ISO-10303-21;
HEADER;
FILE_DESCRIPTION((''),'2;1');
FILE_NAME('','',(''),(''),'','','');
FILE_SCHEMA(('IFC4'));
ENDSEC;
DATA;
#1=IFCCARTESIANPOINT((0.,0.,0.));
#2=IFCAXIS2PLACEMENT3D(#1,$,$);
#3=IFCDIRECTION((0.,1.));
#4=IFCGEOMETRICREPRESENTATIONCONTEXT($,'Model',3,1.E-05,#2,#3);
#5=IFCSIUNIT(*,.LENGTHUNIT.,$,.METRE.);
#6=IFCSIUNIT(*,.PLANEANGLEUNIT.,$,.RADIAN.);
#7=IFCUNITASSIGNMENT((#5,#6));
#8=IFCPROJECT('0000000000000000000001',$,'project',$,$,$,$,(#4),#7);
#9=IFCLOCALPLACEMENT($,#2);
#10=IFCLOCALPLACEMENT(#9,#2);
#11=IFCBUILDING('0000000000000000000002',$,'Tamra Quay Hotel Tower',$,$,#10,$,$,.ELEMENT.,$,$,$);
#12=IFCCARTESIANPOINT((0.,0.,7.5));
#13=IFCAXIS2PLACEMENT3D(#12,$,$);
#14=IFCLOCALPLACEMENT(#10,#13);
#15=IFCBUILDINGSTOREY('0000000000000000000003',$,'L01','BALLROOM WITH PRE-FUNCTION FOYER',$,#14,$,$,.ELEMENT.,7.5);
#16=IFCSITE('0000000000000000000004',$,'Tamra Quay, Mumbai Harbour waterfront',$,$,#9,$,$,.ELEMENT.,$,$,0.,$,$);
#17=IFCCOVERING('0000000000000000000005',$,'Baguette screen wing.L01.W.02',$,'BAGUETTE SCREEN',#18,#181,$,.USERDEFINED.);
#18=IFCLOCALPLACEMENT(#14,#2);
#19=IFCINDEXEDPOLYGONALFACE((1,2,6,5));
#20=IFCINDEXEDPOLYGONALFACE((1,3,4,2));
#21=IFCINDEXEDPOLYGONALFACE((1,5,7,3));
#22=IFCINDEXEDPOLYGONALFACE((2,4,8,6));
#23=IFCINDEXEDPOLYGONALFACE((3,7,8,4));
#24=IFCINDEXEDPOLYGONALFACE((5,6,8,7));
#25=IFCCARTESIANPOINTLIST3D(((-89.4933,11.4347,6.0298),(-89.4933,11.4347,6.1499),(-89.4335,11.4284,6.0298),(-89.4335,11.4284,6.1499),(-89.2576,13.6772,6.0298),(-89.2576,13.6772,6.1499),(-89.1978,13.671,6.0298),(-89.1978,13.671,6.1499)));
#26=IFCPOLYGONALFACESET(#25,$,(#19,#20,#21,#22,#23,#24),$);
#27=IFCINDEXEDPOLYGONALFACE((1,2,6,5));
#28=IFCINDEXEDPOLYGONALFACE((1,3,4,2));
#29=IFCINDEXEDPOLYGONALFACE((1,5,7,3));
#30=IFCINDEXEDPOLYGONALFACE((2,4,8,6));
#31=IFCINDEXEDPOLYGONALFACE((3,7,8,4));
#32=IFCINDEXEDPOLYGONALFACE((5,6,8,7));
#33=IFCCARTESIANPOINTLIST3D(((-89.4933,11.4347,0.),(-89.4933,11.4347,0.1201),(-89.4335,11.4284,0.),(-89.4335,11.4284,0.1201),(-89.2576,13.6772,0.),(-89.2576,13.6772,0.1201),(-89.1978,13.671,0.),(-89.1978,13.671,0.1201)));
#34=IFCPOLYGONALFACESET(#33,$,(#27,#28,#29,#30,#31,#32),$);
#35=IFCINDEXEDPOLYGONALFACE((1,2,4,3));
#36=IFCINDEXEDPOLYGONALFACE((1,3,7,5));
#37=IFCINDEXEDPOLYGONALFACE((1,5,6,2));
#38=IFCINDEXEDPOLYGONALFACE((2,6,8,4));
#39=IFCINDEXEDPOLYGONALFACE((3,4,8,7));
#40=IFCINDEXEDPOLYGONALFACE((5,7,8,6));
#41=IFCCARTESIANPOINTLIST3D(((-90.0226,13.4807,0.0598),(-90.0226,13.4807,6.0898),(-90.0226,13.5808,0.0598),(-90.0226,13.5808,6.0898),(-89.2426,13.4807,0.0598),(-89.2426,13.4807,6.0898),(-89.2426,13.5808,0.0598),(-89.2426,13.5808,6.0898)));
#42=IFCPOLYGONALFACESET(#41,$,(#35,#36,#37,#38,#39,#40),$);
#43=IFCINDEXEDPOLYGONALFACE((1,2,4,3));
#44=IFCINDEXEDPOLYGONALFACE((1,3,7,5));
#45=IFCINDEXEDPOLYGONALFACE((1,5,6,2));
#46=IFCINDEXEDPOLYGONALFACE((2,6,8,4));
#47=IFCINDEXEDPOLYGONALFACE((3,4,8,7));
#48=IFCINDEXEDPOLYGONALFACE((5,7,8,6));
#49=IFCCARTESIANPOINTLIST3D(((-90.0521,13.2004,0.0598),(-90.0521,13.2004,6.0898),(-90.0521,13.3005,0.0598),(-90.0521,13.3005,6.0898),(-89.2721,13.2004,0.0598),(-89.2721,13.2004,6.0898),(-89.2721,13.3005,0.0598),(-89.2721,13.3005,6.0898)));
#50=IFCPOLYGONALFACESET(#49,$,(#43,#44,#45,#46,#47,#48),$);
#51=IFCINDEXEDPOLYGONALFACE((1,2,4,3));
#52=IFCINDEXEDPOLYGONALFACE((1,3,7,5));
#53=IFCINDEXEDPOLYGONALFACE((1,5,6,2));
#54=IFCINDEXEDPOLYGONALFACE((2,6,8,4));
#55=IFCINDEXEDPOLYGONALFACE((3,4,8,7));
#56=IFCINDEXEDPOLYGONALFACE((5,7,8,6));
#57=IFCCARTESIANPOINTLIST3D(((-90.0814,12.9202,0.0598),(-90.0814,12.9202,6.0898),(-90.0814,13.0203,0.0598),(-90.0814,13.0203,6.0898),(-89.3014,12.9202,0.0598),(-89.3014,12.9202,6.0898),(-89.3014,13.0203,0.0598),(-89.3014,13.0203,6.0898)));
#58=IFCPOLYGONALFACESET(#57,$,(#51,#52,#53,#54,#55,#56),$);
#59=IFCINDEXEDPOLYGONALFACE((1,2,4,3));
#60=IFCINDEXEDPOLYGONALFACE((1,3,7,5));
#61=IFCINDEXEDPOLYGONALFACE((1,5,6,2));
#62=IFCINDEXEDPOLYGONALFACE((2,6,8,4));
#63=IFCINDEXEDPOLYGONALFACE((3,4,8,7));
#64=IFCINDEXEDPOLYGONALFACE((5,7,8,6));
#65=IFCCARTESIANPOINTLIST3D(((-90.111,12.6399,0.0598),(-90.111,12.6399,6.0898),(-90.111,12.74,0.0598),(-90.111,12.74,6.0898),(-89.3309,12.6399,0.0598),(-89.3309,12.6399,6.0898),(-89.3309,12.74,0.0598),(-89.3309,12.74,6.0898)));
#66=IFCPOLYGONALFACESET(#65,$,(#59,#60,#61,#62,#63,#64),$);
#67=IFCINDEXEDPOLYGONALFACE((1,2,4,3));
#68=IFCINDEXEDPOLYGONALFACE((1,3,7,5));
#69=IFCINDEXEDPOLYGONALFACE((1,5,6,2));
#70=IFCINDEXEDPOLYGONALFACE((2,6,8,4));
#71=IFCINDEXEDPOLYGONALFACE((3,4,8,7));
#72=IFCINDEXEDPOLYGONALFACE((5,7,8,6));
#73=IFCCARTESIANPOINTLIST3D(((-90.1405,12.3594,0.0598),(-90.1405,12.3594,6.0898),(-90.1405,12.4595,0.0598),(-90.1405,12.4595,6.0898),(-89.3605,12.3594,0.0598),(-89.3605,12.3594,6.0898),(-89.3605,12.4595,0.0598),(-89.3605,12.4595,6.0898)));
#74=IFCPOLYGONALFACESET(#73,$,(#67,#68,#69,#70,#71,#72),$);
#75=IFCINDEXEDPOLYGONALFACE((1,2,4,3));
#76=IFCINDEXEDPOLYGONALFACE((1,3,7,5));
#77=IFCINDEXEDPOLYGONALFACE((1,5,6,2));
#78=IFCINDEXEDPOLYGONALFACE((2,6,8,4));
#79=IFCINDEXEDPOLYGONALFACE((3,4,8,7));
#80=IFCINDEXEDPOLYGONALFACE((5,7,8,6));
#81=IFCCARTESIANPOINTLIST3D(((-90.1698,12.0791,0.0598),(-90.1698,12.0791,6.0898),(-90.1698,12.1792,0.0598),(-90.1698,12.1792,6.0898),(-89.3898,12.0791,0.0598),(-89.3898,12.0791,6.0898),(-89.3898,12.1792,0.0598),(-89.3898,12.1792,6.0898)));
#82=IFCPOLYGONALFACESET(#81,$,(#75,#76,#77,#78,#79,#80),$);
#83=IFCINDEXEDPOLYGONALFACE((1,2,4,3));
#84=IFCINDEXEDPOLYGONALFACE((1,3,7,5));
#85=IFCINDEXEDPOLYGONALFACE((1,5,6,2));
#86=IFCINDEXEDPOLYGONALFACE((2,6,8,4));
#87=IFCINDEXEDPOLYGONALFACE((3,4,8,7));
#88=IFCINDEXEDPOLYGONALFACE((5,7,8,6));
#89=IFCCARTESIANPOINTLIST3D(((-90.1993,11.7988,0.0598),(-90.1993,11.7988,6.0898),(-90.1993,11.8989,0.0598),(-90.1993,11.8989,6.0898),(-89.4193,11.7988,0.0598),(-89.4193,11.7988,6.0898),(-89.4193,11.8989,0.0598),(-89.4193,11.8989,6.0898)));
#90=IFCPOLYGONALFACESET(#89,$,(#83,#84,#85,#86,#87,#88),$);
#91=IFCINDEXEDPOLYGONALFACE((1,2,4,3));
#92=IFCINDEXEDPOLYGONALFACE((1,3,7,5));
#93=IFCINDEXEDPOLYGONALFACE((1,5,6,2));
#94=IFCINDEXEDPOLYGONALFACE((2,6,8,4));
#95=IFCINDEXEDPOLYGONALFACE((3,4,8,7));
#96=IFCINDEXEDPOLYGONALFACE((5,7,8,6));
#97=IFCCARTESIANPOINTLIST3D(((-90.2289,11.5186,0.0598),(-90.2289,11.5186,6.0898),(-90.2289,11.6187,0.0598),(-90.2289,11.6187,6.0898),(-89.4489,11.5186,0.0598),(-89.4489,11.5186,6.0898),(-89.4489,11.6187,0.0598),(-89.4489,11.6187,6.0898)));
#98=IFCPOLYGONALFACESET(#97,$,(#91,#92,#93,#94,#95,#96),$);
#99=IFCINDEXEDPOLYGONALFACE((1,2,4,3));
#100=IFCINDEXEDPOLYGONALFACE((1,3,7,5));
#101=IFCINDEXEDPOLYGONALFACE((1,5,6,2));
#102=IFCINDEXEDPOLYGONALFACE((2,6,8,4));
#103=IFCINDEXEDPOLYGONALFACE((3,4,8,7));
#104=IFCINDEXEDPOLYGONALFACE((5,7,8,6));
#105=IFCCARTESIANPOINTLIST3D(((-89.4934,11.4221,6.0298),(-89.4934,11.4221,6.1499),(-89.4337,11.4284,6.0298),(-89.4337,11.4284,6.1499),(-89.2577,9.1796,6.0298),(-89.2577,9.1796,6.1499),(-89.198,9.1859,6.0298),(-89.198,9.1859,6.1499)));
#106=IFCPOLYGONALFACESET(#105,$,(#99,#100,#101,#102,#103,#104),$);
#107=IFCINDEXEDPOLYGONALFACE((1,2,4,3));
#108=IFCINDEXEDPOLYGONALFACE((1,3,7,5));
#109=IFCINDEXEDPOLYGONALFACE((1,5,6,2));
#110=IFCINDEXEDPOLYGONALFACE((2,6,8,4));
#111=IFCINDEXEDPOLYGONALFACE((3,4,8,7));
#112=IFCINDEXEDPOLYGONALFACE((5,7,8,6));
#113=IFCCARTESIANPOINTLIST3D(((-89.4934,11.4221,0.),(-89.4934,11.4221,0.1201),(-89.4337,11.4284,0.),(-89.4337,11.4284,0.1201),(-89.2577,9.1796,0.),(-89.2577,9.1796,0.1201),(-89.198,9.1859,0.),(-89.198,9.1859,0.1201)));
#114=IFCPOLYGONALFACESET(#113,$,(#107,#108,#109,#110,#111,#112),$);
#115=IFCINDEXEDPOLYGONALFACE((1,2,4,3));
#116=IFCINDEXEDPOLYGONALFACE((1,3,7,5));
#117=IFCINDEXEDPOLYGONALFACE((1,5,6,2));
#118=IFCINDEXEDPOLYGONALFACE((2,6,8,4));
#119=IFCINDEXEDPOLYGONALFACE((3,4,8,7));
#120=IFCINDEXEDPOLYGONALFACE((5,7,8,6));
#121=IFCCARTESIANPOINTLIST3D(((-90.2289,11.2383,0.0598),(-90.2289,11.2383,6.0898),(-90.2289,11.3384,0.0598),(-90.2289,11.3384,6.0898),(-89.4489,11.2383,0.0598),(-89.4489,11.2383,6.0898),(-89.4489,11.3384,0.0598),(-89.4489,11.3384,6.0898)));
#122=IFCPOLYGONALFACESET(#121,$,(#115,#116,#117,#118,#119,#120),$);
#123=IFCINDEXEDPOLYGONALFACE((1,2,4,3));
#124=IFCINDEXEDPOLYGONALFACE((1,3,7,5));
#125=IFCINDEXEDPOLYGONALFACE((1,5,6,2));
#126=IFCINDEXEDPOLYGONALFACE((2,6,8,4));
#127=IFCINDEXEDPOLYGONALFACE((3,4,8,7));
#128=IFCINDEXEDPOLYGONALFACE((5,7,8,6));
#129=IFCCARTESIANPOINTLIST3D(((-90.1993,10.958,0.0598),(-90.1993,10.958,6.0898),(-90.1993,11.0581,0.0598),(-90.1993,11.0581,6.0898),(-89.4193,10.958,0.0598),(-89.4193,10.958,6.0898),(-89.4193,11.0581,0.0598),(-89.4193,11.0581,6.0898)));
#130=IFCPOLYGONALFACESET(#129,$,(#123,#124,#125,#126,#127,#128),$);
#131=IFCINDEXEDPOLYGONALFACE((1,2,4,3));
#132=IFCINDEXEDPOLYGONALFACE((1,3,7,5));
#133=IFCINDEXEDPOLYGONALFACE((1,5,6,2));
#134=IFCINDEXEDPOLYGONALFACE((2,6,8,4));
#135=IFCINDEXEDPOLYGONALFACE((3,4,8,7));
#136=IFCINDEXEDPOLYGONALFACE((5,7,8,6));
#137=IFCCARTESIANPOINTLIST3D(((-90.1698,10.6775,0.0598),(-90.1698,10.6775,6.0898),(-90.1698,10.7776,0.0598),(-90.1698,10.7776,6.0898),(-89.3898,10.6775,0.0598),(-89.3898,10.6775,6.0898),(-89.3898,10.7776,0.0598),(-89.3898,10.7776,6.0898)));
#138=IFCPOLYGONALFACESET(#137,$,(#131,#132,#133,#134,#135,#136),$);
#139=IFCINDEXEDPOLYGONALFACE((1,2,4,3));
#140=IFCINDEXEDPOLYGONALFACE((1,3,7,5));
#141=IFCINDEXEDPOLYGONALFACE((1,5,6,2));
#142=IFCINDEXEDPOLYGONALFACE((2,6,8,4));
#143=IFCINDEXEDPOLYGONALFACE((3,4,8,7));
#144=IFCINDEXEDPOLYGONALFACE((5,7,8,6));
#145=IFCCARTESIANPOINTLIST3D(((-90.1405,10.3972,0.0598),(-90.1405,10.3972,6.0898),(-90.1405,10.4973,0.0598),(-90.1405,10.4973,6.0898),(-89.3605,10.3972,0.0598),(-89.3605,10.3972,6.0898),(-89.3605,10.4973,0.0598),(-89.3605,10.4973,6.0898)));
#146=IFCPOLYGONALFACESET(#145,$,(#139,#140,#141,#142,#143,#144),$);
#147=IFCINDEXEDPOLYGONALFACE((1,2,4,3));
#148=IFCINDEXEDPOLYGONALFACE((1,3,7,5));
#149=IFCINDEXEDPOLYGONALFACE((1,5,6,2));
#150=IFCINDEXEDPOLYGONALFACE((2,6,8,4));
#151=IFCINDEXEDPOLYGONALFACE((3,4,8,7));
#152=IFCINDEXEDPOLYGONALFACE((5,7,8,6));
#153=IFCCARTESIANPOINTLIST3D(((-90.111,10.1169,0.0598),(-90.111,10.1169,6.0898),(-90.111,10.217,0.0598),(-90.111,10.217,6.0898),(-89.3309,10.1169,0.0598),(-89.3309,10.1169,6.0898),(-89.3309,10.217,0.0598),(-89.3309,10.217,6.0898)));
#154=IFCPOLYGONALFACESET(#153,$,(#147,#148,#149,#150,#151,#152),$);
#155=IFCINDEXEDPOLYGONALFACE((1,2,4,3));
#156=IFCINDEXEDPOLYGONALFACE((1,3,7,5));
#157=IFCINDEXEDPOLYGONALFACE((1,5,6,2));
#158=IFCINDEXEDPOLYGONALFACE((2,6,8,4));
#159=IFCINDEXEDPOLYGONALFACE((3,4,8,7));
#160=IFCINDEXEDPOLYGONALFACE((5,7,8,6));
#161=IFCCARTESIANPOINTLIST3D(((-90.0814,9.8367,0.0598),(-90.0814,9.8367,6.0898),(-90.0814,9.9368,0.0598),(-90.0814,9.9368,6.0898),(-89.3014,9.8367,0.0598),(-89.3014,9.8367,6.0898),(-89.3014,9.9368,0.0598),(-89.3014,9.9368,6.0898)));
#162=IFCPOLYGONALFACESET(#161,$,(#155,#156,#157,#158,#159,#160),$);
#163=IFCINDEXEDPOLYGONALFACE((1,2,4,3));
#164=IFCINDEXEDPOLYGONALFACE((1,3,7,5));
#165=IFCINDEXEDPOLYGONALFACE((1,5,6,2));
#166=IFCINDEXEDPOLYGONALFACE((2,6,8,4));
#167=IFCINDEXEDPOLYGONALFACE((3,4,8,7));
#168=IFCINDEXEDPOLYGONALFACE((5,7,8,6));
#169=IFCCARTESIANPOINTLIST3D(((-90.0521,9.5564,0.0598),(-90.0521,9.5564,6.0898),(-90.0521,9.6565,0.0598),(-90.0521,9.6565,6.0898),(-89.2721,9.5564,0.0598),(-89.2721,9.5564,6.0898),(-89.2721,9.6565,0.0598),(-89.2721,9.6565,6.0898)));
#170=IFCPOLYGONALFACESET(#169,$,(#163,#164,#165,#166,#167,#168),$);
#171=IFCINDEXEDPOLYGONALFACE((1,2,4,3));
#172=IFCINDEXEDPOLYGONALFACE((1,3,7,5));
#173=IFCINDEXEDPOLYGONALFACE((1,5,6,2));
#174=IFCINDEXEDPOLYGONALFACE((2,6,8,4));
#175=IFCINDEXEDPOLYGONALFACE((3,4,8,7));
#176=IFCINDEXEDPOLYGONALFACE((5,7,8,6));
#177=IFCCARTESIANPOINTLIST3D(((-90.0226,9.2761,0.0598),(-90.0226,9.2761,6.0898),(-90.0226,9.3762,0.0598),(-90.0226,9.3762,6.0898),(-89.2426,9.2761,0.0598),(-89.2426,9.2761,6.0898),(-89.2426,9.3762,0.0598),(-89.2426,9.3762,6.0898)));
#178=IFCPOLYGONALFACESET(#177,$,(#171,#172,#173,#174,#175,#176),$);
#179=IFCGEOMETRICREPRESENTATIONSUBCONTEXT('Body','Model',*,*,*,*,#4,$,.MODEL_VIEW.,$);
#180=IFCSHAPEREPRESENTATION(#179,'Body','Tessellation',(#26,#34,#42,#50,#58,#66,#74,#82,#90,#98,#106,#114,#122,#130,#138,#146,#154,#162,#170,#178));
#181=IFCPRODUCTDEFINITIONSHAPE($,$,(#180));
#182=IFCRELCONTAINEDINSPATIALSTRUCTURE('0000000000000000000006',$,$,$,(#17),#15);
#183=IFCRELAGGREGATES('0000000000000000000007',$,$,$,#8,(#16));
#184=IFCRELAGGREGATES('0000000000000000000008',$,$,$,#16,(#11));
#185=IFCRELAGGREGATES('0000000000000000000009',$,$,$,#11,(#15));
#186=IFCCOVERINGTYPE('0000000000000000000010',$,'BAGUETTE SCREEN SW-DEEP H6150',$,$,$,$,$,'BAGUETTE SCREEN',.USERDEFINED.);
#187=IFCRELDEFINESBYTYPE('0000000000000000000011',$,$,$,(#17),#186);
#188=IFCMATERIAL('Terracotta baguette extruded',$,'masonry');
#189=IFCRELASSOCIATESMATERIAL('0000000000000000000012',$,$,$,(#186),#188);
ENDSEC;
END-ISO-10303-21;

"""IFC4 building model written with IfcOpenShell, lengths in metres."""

from ifc_helpers import new_model, si_unit, direction, frame, frame_2d, origin, place, context, subcontext, project, spatial, rectangle, extrude, source, transform, mapped, material, type_object, element, save


model = new_model("IFC4")

# Units and contexts
model_context = context("Model", 3, precision=1e-05, world=origin(), true_north=direction((0.0, 1.0)))
body_context = subcontext(model_context, "Body", "Model", "MODEL_VIEW")
ifc_project = project(units=[si_unit("LENGTHUNIT", "METRE"), si_unit("PLANEANGLEUNIT", "RADIAN")], contexts=[model_context])

# Site, building, storey
site_placement = place(None, origin())
site = spatial("IfcSite", under=ifc_project, at=site_placement, Name="Tamra Quay, Mumbai Harbour waterfront", CompositionType="ELEMENT", RefElevation=0.0)
building_placement = place(site_placement, origin())
building = spatial("IfcBuilding", under=site, at=building_placement, Name="Tamra Quay Hotel Tower", CompositionType="ELEMENT")
storey_placement = place(building_placement, frame((0.0, 0.0, 7.5)))
storey = spatial("IfcBuildingStorey", under=building, at=storey_placement, Name="L01", Description="BALLROOM WITH PRE-FUNCTION FOYER", CompositionType="ELEMENT", Elevation=7.5)

# Covering
ifc_material_1 = material(Name="Terracotta baguette extruded", Category="masonry")
covering_type_1 = type_object("IfcCoveringType", Name="BAGUETTE SCREEN SW-DEEP H6150", ElementType="BAGUETTE SCREEN", PredefinedType="USERDEFINED", material=ifc_material_1)
shared_shape_1 = source(origin(), body_context, "Body", "SweptSolid", [
    extrude(rectangle(XDim=2.2549, YDim=0.0601, at=frame_2d((1.1274, 0.03))), frame((-2.2488, -0.0576, -0.1201), z_axis=(0.0, 0.0, 1.0), x_axis=(0.994522, -0.104528, 0.0)), (0.0, 0.0, 1.0), 0.1201),
    extrude(rectangle(XDim=2.2549, YDim=0.0601, at=frame_2d((1.1274, 0.03))), frame((-2.2488, -0.0576, -6.1499), z_axis=(0.0, 0.0, 1.0), x_axis=(0.994522, -0.104528, 0.0)), (0.0, 0.0, 1.0), 0.1201),
    extrude(rectangle(XDim=0.1001, YDim=0.78, at=frame_2d((0.05, 0.3901))), frame((-2.1523, -0.8228, -6.0901)), (0.0, 0.0, 1.0), 6.03),
    extrude(rectangle(XDim=0.1001, YDim=0.78, at=frame_2d((0.05, 0.3901))), frame((-1.8721, -0.8523, -6.0901)), (0.0, 0.0, 1.0), 6.03),
    extrude(rectangle(XDim=0.1001, YDim=0.78, at=frame_2d((0.05, 0.3901))), frame((-1.5918, -0.8816, -6.0901)), (0.0, 0.0, 1.0), 6.03),
    extrude(rectangle(XDim=0.1001, YDim=0.78, at=frame_2d((0.05, 0.3901))), frame((-1.3115, -0.9111, -6.0901)), (0.0, 0.0, 1.0), 6.03),
    extrude(rectangle(XDim=0.1001, YDim=0.78, at=frame_2d((0.05, 0.3901))), frame((-1.031, -0.9407, -6.0901)), (0.0, 0.0, 1.0), 6.03),
    extrude(rectangle(XDim=0.1001, YDim=0.78, at=frame_2d((0.05, 0.3901))), frame((-0.7507, -0.97, -6.0901)), (0.0, 0.0, 1.0), 6.03),
    extrude(rectangle(XDim=0.1001, YDim=0.78, at=frame_2d((0.05, 0.3901))), frame((-0.4705, -0.9995, -6.0901)), (0.0, 0.0, 1.0), 6.03),
    extrude(rectangle(XDim=0.1001, YDim=0.78, at=frame_2d((0.05, 0.3901))), frame((-0.1902, -1.0291, -6.0901)), (0.0, 0.0, 1.0), 6.03),
    extrude(rectangle(XDim=2.2549, YDim=0.0601, at=frame_2d((1.1274, 0.03))), frame((0.0063, -0.2935, -0.1201), z_axis=(0.0, 0.0, 1.0), x_axis=(0.994522, 0.104528, 0.0)), (0.0, 0.0, 1.0), 0.1201),
    extrude(rectangle(XDim=2.2549, YDim=0.0601, at=frame_2d((1.1274, 0.03))), frame((0.0063, -0.2935, -6.1499), z_axis=(0.0, 0.0, 1.0), x_axis=(0.994522, 0.104528, 0.0)), (0.0, 0.0, 1.0), 0.1201),
    extrude(rectangle(XDim=0.1001, YDim=0.78, at=frame_2d((0.05, 0.3901))), frame((0.0901, -1.0291, -6.0901)), (0.0, 0.0, 1.0), 6.03),
    extrude(rectangle(XDim=0.1001, YDim=0.78, at=frame_2d((0.05, 0.3901))), frame((0.3704, -0.9995, -6.0901)), (0.0, 0.0, 1.0), 6.03),
    extrude(rectangle(XDim=0.1001, YDim=0.78, at=frame_2d((0.05, 0.3901))), frame((0.6509, -0.97, -6.0901)), (0.0, 0.0, 1.0), 6.03),
    extrude(rectangle(XDim=0.1001, YDim=0.78, at=frame_2d((0.05, 0.3901))), frame((0.9312, -0.9407, -6.0901)), (0.0, 0.0, 1.0), 6.03),
    extrude(rectangle(XDim=0.1001, YDim=0.78, at=frame_2d((0.05, 0.3901))), frame((1.2114, -0.9111, -6.0901)), (0.0, 0.0, 1.0), 6.03),
    extrude(rectangle(XDim=0.1001, YDim=0.78, at=frame_2d((0.05, 0.3901))), frame((1.4917, -0.8816, -6.0901)), (0.0, 0.0, 1.0), 6.03),
    extrude(rectangle(XDim=0.1001, YDim=0.78, at=frame_2d((0.05, 0.3901))), frame((1.772, -0.8523, -6.0901)), (0.0, 0.0, 1.0), 6.03),
    extrude(rectangle(XDim=0.1001, YDim=0.78, at=frame_2d((0.05, 0.3901))), frame((2.0522, -0.8228, -6.0901)), (0.0, 0.0, 1.0), 6.03),
])
covering_placement = place(storey_placement, frame((-89.2, 11.4285, 6.1499), z_axis=(0.0, 0.0, 1.0), x_axis=(0.0, -1.0, 0.0)))
element("IfcCovering", 1, at=covering_placement, inside=storey, type_object=covering_type_1, Name="Baguette screen wing.L01.W.02", ObjectType="BAGUETTE SCREEN", PredefinedType="USERDEFINED", context=body_context, shape_type="MappedRepresentation", body=[
    mapped(shared_shape_1, transform((0.0, 0.0, 0.0), scale=1.0)),
])

save(model, "model.ifc")
